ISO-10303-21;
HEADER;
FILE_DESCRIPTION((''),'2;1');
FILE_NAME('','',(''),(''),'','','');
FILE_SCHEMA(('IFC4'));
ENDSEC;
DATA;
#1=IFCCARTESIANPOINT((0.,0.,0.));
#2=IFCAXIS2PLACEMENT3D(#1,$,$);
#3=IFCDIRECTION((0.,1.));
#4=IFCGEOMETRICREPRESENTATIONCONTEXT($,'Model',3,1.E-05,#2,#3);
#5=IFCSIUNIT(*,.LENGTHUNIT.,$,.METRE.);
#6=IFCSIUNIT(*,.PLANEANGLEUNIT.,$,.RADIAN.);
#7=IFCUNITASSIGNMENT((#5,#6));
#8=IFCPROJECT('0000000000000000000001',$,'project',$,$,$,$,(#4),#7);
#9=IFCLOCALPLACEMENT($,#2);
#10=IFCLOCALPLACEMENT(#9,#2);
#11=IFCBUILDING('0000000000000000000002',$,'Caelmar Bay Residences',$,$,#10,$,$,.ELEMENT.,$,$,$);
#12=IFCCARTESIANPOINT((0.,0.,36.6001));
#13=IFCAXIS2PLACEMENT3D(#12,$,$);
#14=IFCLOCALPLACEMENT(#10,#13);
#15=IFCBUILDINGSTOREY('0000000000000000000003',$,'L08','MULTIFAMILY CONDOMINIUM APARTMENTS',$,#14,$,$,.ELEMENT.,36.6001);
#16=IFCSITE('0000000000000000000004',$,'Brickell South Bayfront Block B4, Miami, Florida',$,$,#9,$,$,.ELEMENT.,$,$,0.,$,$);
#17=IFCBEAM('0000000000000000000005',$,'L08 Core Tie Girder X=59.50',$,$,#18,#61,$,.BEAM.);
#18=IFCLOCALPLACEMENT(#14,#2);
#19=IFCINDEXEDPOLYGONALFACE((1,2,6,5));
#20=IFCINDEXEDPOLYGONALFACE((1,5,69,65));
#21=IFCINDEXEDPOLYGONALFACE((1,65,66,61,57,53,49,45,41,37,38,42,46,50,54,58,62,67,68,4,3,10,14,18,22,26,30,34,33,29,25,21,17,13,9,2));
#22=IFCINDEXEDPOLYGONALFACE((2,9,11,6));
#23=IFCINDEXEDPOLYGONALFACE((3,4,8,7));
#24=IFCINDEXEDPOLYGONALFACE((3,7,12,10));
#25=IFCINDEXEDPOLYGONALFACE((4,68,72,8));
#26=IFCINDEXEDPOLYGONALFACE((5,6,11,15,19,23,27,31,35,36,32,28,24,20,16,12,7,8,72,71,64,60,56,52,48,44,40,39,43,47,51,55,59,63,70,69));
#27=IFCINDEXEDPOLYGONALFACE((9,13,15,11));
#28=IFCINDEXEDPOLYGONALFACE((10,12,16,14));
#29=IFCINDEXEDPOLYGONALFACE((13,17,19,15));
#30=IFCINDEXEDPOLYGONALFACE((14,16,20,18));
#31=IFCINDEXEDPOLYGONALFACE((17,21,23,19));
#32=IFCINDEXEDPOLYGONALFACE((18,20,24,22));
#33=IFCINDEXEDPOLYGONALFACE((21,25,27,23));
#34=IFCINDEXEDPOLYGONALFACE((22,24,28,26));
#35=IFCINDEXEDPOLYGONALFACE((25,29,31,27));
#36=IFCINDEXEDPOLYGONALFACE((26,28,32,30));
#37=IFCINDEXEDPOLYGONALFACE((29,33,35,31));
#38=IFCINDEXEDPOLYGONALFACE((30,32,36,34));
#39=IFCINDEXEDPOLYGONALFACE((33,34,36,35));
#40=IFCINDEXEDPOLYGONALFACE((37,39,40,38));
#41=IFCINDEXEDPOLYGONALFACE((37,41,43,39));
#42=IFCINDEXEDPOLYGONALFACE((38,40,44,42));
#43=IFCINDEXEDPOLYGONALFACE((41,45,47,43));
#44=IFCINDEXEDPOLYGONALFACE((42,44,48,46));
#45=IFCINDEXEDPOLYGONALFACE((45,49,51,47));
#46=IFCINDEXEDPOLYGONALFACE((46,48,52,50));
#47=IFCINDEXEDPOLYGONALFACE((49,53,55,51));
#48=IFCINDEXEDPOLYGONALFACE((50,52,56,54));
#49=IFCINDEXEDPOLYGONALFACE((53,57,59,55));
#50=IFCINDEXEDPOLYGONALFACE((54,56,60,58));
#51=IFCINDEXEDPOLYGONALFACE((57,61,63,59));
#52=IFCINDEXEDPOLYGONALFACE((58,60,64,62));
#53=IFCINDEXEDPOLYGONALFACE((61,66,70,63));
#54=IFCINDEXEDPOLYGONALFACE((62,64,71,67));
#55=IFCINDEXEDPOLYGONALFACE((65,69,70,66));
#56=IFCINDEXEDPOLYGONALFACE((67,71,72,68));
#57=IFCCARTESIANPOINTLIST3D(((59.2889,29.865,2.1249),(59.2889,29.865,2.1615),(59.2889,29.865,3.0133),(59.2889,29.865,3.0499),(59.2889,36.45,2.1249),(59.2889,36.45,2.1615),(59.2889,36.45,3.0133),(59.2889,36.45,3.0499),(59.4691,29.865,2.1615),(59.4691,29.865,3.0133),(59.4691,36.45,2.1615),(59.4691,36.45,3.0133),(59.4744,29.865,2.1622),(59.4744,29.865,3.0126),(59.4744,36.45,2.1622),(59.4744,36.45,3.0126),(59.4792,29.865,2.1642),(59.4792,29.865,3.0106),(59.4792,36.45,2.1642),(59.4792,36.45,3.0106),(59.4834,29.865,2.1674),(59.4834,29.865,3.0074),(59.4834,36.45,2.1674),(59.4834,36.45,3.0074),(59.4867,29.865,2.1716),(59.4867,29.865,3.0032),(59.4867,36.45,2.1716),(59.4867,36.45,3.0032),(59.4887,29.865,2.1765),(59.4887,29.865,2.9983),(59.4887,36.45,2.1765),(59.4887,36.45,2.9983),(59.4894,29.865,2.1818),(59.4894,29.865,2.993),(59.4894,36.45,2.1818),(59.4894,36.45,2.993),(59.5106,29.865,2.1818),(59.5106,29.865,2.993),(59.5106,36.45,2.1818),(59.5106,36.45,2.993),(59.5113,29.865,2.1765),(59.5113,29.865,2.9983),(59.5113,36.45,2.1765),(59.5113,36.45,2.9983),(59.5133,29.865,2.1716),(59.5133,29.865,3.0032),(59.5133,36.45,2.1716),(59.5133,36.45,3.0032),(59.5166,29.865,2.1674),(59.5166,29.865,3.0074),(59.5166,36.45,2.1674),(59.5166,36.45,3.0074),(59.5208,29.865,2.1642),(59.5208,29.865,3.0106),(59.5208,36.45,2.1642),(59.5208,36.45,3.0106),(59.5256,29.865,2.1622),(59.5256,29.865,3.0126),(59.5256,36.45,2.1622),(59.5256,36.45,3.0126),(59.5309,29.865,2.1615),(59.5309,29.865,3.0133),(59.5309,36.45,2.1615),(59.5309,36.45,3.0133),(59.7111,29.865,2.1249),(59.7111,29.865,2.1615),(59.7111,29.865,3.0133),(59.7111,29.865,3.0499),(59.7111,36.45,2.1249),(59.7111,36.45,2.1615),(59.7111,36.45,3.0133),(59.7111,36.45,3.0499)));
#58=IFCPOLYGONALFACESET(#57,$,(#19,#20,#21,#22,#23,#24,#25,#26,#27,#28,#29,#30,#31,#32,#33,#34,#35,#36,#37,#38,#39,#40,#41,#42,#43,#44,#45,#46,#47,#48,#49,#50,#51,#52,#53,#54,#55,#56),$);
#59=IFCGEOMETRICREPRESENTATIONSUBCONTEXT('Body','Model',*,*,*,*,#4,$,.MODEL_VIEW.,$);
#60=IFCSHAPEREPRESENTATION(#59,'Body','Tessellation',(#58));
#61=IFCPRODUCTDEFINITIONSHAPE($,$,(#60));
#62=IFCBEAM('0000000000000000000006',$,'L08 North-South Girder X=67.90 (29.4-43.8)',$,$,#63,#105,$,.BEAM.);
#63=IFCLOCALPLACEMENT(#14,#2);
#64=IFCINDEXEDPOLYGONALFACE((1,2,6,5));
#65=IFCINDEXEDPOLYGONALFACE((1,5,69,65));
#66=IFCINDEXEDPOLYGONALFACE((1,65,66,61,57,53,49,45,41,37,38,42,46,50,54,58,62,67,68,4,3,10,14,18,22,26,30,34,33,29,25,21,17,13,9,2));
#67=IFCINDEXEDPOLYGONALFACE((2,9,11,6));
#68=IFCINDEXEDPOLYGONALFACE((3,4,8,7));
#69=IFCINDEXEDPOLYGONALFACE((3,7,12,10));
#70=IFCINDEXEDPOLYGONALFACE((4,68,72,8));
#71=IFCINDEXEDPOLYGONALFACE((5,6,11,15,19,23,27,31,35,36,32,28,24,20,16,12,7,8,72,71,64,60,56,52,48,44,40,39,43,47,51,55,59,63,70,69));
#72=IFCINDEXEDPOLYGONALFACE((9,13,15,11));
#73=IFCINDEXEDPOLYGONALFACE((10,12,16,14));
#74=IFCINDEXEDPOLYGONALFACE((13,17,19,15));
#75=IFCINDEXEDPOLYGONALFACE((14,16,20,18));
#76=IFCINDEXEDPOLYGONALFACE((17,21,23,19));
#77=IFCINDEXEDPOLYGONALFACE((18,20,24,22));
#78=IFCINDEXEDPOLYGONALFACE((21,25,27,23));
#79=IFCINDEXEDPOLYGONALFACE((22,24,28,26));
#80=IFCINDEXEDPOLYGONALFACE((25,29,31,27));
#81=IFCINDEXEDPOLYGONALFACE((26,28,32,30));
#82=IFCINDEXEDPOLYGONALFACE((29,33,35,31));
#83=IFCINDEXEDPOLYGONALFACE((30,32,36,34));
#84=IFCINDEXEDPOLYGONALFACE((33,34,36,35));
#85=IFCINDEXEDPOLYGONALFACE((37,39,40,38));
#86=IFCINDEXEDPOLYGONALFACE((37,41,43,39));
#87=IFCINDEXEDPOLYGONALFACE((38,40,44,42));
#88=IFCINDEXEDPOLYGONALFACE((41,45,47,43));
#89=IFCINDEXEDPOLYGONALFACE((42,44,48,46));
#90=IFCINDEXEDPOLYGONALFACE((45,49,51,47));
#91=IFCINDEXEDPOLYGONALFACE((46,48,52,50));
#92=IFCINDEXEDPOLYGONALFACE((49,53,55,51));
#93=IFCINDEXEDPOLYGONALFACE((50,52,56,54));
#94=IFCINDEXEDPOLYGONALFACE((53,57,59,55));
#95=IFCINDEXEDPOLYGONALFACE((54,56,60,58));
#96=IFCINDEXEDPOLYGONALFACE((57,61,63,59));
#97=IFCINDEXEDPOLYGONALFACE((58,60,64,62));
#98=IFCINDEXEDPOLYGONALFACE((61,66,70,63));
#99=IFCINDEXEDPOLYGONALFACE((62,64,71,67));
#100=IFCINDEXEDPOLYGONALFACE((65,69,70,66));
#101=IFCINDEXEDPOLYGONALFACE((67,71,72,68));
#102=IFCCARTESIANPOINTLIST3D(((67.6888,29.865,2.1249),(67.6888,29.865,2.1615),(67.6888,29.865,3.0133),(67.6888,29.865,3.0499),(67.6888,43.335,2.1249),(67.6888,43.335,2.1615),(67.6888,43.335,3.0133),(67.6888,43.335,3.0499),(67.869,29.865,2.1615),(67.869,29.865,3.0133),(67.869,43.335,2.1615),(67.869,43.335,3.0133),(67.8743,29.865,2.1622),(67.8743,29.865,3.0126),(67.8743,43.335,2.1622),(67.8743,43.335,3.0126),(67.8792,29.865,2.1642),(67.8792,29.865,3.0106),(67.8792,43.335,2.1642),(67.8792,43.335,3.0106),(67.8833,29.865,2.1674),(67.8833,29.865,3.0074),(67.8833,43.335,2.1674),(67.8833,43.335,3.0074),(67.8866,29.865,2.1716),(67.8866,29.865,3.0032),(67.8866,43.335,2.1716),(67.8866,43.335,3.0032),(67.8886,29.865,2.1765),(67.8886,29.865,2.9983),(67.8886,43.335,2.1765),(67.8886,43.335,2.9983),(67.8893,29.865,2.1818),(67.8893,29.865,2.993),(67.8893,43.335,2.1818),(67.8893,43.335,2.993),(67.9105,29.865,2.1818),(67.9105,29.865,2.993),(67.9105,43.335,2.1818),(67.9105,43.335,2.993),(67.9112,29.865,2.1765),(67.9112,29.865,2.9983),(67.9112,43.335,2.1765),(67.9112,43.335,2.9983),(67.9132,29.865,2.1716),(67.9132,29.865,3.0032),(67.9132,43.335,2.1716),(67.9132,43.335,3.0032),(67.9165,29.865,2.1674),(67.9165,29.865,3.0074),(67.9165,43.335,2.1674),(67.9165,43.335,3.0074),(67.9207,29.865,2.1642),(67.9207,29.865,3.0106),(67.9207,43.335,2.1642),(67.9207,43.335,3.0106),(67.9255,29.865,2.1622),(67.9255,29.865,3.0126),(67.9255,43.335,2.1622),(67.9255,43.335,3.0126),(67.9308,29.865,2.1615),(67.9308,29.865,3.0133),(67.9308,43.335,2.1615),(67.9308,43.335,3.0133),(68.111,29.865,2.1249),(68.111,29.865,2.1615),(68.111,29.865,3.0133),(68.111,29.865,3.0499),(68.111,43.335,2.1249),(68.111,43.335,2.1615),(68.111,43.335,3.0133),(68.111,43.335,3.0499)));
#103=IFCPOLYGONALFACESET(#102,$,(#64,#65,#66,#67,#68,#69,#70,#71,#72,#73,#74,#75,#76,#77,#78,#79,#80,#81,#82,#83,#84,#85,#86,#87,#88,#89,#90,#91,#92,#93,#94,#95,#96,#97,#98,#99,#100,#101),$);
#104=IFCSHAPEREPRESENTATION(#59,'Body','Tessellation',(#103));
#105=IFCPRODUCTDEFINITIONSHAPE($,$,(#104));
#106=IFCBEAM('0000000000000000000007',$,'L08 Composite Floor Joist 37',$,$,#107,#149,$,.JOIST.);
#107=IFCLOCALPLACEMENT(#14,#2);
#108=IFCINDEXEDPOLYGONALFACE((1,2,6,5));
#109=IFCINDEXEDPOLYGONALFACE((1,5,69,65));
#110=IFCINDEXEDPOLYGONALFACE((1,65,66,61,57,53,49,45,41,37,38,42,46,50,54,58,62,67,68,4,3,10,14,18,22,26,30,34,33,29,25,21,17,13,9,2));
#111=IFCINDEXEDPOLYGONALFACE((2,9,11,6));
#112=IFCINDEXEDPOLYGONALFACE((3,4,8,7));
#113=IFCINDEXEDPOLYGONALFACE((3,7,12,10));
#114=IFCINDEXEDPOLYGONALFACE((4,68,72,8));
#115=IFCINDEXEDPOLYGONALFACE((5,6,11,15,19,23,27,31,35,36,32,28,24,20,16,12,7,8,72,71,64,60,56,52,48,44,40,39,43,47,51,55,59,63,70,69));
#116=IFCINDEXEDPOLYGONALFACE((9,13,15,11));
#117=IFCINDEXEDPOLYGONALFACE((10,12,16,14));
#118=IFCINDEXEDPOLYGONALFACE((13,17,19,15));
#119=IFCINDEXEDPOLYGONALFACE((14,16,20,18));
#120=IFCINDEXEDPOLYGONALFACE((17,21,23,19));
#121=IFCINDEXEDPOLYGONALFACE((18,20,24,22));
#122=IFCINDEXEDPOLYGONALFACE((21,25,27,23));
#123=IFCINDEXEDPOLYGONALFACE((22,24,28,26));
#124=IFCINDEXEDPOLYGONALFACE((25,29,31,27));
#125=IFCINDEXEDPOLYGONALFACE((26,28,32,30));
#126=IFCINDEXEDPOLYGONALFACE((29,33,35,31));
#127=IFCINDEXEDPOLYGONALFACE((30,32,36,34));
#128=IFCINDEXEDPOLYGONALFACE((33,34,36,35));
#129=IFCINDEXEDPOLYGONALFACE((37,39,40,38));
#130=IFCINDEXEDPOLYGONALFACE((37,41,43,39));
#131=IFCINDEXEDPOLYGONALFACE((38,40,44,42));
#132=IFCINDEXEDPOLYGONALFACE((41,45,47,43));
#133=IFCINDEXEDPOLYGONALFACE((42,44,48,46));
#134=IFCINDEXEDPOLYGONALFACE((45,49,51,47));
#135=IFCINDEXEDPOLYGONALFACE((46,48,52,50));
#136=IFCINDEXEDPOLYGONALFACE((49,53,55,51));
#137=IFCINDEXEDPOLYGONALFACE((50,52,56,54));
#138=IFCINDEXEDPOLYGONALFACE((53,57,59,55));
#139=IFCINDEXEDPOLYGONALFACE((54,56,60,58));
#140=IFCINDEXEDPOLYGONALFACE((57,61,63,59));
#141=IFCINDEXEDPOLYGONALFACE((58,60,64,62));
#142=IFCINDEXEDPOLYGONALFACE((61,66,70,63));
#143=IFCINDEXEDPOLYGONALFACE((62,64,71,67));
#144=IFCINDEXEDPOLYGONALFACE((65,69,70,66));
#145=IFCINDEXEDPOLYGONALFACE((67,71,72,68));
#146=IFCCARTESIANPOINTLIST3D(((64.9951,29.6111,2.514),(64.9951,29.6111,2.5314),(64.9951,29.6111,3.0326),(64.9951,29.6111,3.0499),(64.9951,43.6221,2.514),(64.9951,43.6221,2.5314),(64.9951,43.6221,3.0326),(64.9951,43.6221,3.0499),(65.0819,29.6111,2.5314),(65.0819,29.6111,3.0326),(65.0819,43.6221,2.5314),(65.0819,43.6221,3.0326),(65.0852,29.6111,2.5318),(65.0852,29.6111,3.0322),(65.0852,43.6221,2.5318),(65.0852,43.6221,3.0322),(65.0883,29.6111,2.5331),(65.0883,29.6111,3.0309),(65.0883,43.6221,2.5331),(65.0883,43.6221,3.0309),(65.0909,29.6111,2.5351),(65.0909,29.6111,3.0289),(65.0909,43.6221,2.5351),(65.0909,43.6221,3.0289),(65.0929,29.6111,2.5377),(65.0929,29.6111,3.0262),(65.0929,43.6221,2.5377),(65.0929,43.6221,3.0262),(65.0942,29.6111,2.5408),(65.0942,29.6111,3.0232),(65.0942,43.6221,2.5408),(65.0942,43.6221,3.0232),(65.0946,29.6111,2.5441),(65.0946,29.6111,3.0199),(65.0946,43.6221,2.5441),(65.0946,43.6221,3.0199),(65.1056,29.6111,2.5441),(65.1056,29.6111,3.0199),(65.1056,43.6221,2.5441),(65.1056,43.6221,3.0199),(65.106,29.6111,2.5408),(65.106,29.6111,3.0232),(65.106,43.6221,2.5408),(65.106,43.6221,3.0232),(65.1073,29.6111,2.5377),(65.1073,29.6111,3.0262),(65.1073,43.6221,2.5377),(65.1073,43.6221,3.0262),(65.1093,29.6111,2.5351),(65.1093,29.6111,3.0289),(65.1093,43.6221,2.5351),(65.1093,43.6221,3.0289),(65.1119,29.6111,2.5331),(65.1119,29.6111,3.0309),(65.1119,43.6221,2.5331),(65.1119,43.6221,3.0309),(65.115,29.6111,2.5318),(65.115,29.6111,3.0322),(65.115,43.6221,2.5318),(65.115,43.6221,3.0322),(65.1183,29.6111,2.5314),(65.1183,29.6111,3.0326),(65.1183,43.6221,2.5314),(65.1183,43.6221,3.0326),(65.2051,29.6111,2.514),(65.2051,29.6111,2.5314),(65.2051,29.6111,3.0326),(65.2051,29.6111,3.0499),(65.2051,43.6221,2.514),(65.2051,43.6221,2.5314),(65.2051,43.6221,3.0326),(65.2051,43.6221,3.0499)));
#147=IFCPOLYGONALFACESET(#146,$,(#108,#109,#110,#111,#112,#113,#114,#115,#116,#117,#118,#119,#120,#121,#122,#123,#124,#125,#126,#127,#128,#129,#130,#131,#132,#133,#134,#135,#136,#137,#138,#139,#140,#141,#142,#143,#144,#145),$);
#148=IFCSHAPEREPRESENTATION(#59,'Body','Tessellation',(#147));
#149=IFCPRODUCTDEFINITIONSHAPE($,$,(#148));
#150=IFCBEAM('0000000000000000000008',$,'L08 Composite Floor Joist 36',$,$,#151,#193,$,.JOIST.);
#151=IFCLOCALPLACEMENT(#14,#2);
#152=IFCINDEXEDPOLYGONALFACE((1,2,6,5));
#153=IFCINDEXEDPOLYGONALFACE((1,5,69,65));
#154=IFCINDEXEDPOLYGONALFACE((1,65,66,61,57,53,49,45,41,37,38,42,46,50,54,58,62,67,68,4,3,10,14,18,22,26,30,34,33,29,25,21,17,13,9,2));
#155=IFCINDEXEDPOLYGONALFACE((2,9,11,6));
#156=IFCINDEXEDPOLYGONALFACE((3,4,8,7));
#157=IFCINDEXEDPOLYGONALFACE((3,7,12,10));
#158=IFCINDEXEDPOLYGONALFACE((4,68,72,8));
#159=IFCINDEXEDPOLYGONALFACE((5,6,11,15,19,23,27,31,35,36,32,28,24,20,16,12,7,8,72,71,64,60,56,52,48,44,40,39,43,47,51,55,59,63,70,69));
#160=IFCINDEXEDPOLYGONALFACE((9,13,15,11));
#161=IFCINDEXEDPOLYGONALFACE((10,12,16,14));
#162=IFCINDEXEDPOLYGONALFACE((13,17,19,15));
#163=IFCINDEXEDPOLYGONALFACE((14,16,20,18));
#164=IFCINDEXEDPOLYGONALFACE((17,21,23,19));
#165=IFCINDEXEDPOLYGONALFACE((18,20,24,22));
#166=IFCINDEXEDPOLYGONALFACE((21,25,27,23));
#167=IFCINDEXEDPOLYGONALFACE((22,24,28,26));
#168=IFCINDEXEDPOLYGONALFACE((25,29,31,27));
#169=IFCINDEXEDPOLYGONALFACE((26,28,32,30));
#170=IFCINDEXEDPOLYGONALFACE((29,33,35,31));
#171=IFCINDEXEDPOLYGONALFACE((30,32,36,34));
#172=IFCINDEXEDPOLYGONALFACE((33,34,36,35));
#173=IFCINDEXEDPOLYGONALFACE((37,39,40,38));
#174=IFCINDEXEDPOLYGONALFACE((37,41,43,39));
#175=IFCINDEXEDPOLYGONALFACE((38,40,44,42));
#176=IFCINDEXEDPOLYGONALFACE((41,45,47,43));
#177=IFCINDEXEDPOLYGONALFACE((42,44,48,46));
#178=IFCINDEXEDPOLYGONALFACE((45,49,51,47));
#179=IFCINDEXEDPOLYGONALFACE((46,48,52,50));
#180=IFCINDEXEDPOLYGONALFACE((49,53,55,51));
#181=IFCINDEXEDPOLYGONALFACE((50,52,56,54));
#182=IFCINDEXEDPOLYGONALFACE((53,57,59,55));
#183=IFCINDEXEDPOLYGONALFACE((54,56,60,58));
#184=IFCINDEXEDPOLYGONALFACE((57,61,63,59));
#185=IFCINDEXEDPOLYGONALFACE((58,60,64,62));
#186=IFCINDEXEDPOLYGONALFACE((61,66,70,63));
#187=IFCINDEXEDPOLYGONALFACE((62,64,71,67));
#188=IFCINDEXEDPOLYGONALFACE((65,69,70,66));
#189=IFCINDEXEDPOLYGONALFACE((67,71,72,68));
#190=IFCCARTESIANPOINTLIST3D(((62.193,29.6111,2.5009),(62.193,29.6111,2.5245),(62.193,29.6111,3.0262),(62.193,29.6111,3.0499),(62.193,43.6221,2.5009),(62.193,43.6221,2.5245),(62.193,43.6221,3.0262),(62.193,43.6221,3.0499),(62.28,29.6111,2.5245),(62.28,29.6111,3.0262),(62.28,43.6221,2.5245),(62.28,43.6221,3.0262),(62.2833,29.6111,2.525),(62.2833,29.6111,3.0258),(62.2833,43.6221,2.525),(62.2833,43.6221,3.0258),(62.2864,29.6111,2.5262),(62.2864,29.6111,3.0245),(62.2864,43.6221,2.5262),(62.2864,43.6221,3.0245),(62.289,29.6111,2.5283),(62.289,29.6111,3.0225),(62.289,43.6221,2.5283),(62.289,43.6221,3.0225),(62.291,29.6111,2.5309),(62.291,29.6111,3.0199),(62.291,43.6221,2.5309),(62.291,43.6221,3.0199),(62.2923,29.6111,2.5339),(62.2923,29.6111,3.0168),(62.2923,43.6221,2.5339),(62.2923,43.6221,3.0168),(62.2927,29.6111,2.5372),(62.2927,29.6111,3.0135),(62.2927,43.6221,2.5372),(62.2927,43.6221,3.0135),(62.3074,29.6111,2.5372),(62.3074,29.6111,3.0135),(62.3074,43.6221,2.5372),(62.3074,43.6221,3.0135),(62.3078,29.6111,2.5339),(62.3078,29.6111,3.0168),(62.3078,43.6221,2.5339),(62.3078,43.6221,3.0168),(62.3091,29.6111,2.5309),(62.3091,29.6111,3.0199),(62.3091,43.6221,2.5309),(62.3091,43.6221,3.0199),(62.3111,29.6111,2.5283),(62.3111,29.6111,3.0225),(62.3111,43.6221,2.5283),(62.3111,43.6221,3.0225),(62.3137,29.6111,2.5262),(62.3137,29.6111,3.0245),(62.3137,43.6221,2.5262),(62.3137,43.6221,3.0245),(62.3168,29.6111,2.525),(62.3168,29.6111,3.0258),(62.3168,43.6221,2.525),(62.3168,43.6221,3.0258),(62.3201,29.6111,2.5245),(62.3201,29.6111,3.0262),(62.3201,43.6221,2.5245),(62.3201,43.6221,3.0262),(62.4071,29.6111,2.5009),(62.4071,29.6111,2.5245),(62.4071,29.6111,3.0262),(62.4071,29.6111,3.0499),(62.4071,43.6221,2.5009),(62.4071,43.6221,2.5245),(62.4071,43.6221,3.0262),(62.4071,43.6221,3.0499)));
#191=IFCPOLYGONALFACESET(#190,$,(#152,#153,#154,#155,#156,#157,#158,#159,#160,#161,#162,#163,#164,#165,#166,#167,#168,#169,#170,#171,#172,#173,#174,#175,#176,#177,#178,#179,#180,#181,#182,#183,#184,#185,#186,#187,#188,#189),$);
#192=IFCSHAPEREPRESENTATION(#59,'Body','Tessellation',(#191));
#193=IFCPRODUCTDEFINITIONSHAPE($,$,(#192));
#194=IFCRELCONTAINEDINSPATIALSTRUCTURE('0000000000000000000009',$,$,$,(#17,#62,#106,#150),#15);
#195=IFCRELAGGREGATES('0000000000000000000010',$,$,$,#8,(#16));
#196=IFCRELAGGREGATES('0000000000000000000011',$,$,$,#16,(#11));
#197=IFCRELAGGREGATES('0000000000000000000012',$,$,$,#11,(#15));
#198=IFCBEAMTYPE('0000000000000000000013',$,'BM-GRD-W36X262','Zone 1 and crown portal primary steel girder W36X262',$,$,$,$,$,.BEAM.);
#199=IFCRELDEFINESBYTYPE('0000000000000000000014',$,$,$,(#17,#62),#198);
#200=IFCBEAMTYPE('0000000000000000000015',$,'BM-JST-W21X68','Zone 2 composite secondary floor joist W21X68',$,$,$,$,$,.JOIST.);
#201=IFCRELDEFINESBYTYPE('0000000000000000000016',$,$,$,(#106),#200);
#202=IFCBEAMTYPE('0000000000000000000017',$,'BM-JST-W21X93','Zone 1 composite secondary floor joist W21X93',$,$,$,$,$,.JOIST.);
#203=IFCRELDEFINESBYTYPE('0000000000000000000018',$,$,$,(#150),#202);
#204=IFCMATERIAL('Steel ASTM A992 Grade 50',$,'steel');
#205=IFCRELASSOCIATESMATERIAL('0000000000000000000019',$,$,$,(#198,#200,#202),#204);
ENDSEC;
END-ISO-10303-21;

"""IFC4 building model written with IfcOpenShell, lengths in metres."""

from ifc_helpers import new_model, si_unit, direction, frame, origin, origin_2d, place, context, subcontext, project, spatial, i_section, extrude, material, material_profile, profile_set, type_object, element, save


model = new_model("IFC4")

# Units and contexts
model_context = context("Model", 3, precision=1e-05, world=origin(), true_north=direction((0.0, 1.0)))
body_context = subcontext(model_context, "Body", "Model", "MODEL_VIEW")
ifc_project = project(units=[si_unit("LENGTHUNIT", "METRE"), si_unit("PLANEANGLEUNIT", "RADIAN")], contexts=[model_context])

# Site, building, storey
site_placement = place(None, origin())
site = spatial("IfcSite", under=ifc_project, at=site_placement, Name="Brickell South Bayfront Block B4, Miami, Florida", CompositionType="ELEMENT", RefElevation=0.0)
building_placement = place(site_placement, origin())
building = spatial("IfcBuilding", under=site, at=building_placement, Name="Caelmar Bay Residences", CompositionType="ELEMENT")
storey_placement = place(building_placement, frame((0.0, 0.0, 36.6001)))
storey = spatial("IfcBuildingStorey", under=building, at=storey_placement, Name="L08", Description="MULTIFAMILY CONDOMINIUM APARTMENTS", CompositionType="ELEMENT", Elevation=36.6001)

# Beams
ifc_material_1 = material(Name="Steel ASTM A992 Grade 50", Category="steel")
ifc_material_profile_1 = material_profile(ifc_material_1, i_section(OverallWidth=0.4221, OverallDepth=0.925, WebThickness=0.0212, FlangeThickness=0.0366, FilletRadius=0.0203, at=origin_2d()), Name="W36X262")
ifc_profile_set_1 = profile_set([ifc_material_profile_1], Name="Steel ASTM A992 Grade 50")
beam_type_1 = type_object("IfcBeamType", Name="BM-GRD-W36X262", Description="Zone 1 and crown portal primary steel girder W36X262", PredefinedType="BEAM", material=ifc_profile_set_1)
beam_1_placement = place(storey_placement, frame((59.5, 29.865, 2.5874), z_axis=(0.0, 1.0, 0.0), x_axis=(-1.0, 0.0, 0.0)))
element("IfcBeam", 1, at=beam_1_placement, inside=storey, type_object=beam_type_1, Name="L08 Core Tie Girder X=59.50", PredefinedType="BEAM", context=body_context, shape_type="SweptSolid", body=[
    extrude(i_section(OverallWidth=0.4221, OverallDepth=0.925, WebThickness=0.0212, FlangeThickness=0.0366, FilletRadius=0.0203, at=origin_2d()), origin(), (0.0, 0.0, 1.0), 6.585),
])
beam_2_placement = place(storey_placement, frame((67.8999, 29.865, 2.5874), z_axis=(0.0, 1.0, 0.0), x_axis=(-1.0, 0.0, 0.0)))
element("IfcBeam", 2, at=beam_2_placement, inside=storey, type_object=beam_type_1, Name="L08 North-South Girder X=67.90 (29.4-43.8)", PredefinedType="BEAM", context=body_context, shape_type="SweptSolid", body=[
    extrude(i_section(OverallWidth=0.4221, OverallDepth=0.925, WebThickness=0.0212, FlangeThickness=0.0366, FilletRadius=0.0203, at=origin_2d()), origin(), (0.0, 0.0, 1.0), 13.47),
])
ifc_material_profile_2 = material_profile(ifc_material_1, i_section(OverallWidth=0.21, OverallDepth=0.5359, WebThickness=0.011, FlangeThickness=0.0173, FilletRadius=0.0127, at=origin_2d()), Name="W21X68")
ifc_profile_set_2 = profile_set([ifc_material_profile_2], Name="Steel ASTM A992 Grade 50")
beam_type_2 = type_object("IfcBeamType", Name="BM-JST-W21X68", Description="Zone 2 composite secondary floor joist W21X68", PredefinedType="JOIST", material=ifc_profile_set_2)
beam_3_placement = place(storey_placement, frame((65.1001, 29.6111, 2.782), z_axis=(0.0, 1.0, 0.0), x_axis=(-1.0, 0.0, 0.0)))
element("IfcBeam", 3, at=beam_3_placement, inside=storey, type_object=beam_type_2, Name="L08 Composite Floor Joist 37", PredefinedType="JOIST", context=body_context, shape_type="SweptSolid", body=[
    extrude(i_section(OverallWidth=0.21, OverallDepth=0.5359, WebThickness=0.011, FlangeThickness=0.0173, FilletRadius=0.0127, at=origin_2d()), origin(), (0.0, 0.0, 1.0), 14.011),
])
ifc_material_profile_3 = material_profile(ifc_material_1, i_section(OverallWidth=0.2141, OverallDepth=0.5491, WebThickness=0.0146, FlangeThickness=0.0237, FilletRadius=0.0127, at=origin_2d()), Name="W21X93")
ifc_profile_set_3 = profile_set([ifc_material_profile_3], Name="Steel ASTM A992 Grade 50")
beam_type_3 = type_object("IfcBeamType", Name="BM-JST-W21X93", Description="Zone 1 composite secondary floor joist W21X93", PredefinedType="JOIST", material=ifc_profile_set_3)
beam_4_placement = place(storey_placement, frame((62.3, 29.6111, 2.7754), z_axis=(0.0, 1.0, 0.0), x_axis=(-1.0, 0.0, 0.0)))
element("IfcBeam", 4, at=beam_4_placement, inside=storey, type_object=beam_type_3, Name="L08 Composite Floor Joist 36", PredefinedType="JOIST", context=body_context, shape_type="SweptSolid", body=[
    extrude(i_section(OverallWidth=0.2141, OverallDepth=0.5491, WebThickness=0.0146, FlangeThickness=0.0237, FilletRadius=0.0127, at=origin_2d()), origin(), (0.0, 0.0, 1.0), 14.011),
])

save(model, "model.ifc")
